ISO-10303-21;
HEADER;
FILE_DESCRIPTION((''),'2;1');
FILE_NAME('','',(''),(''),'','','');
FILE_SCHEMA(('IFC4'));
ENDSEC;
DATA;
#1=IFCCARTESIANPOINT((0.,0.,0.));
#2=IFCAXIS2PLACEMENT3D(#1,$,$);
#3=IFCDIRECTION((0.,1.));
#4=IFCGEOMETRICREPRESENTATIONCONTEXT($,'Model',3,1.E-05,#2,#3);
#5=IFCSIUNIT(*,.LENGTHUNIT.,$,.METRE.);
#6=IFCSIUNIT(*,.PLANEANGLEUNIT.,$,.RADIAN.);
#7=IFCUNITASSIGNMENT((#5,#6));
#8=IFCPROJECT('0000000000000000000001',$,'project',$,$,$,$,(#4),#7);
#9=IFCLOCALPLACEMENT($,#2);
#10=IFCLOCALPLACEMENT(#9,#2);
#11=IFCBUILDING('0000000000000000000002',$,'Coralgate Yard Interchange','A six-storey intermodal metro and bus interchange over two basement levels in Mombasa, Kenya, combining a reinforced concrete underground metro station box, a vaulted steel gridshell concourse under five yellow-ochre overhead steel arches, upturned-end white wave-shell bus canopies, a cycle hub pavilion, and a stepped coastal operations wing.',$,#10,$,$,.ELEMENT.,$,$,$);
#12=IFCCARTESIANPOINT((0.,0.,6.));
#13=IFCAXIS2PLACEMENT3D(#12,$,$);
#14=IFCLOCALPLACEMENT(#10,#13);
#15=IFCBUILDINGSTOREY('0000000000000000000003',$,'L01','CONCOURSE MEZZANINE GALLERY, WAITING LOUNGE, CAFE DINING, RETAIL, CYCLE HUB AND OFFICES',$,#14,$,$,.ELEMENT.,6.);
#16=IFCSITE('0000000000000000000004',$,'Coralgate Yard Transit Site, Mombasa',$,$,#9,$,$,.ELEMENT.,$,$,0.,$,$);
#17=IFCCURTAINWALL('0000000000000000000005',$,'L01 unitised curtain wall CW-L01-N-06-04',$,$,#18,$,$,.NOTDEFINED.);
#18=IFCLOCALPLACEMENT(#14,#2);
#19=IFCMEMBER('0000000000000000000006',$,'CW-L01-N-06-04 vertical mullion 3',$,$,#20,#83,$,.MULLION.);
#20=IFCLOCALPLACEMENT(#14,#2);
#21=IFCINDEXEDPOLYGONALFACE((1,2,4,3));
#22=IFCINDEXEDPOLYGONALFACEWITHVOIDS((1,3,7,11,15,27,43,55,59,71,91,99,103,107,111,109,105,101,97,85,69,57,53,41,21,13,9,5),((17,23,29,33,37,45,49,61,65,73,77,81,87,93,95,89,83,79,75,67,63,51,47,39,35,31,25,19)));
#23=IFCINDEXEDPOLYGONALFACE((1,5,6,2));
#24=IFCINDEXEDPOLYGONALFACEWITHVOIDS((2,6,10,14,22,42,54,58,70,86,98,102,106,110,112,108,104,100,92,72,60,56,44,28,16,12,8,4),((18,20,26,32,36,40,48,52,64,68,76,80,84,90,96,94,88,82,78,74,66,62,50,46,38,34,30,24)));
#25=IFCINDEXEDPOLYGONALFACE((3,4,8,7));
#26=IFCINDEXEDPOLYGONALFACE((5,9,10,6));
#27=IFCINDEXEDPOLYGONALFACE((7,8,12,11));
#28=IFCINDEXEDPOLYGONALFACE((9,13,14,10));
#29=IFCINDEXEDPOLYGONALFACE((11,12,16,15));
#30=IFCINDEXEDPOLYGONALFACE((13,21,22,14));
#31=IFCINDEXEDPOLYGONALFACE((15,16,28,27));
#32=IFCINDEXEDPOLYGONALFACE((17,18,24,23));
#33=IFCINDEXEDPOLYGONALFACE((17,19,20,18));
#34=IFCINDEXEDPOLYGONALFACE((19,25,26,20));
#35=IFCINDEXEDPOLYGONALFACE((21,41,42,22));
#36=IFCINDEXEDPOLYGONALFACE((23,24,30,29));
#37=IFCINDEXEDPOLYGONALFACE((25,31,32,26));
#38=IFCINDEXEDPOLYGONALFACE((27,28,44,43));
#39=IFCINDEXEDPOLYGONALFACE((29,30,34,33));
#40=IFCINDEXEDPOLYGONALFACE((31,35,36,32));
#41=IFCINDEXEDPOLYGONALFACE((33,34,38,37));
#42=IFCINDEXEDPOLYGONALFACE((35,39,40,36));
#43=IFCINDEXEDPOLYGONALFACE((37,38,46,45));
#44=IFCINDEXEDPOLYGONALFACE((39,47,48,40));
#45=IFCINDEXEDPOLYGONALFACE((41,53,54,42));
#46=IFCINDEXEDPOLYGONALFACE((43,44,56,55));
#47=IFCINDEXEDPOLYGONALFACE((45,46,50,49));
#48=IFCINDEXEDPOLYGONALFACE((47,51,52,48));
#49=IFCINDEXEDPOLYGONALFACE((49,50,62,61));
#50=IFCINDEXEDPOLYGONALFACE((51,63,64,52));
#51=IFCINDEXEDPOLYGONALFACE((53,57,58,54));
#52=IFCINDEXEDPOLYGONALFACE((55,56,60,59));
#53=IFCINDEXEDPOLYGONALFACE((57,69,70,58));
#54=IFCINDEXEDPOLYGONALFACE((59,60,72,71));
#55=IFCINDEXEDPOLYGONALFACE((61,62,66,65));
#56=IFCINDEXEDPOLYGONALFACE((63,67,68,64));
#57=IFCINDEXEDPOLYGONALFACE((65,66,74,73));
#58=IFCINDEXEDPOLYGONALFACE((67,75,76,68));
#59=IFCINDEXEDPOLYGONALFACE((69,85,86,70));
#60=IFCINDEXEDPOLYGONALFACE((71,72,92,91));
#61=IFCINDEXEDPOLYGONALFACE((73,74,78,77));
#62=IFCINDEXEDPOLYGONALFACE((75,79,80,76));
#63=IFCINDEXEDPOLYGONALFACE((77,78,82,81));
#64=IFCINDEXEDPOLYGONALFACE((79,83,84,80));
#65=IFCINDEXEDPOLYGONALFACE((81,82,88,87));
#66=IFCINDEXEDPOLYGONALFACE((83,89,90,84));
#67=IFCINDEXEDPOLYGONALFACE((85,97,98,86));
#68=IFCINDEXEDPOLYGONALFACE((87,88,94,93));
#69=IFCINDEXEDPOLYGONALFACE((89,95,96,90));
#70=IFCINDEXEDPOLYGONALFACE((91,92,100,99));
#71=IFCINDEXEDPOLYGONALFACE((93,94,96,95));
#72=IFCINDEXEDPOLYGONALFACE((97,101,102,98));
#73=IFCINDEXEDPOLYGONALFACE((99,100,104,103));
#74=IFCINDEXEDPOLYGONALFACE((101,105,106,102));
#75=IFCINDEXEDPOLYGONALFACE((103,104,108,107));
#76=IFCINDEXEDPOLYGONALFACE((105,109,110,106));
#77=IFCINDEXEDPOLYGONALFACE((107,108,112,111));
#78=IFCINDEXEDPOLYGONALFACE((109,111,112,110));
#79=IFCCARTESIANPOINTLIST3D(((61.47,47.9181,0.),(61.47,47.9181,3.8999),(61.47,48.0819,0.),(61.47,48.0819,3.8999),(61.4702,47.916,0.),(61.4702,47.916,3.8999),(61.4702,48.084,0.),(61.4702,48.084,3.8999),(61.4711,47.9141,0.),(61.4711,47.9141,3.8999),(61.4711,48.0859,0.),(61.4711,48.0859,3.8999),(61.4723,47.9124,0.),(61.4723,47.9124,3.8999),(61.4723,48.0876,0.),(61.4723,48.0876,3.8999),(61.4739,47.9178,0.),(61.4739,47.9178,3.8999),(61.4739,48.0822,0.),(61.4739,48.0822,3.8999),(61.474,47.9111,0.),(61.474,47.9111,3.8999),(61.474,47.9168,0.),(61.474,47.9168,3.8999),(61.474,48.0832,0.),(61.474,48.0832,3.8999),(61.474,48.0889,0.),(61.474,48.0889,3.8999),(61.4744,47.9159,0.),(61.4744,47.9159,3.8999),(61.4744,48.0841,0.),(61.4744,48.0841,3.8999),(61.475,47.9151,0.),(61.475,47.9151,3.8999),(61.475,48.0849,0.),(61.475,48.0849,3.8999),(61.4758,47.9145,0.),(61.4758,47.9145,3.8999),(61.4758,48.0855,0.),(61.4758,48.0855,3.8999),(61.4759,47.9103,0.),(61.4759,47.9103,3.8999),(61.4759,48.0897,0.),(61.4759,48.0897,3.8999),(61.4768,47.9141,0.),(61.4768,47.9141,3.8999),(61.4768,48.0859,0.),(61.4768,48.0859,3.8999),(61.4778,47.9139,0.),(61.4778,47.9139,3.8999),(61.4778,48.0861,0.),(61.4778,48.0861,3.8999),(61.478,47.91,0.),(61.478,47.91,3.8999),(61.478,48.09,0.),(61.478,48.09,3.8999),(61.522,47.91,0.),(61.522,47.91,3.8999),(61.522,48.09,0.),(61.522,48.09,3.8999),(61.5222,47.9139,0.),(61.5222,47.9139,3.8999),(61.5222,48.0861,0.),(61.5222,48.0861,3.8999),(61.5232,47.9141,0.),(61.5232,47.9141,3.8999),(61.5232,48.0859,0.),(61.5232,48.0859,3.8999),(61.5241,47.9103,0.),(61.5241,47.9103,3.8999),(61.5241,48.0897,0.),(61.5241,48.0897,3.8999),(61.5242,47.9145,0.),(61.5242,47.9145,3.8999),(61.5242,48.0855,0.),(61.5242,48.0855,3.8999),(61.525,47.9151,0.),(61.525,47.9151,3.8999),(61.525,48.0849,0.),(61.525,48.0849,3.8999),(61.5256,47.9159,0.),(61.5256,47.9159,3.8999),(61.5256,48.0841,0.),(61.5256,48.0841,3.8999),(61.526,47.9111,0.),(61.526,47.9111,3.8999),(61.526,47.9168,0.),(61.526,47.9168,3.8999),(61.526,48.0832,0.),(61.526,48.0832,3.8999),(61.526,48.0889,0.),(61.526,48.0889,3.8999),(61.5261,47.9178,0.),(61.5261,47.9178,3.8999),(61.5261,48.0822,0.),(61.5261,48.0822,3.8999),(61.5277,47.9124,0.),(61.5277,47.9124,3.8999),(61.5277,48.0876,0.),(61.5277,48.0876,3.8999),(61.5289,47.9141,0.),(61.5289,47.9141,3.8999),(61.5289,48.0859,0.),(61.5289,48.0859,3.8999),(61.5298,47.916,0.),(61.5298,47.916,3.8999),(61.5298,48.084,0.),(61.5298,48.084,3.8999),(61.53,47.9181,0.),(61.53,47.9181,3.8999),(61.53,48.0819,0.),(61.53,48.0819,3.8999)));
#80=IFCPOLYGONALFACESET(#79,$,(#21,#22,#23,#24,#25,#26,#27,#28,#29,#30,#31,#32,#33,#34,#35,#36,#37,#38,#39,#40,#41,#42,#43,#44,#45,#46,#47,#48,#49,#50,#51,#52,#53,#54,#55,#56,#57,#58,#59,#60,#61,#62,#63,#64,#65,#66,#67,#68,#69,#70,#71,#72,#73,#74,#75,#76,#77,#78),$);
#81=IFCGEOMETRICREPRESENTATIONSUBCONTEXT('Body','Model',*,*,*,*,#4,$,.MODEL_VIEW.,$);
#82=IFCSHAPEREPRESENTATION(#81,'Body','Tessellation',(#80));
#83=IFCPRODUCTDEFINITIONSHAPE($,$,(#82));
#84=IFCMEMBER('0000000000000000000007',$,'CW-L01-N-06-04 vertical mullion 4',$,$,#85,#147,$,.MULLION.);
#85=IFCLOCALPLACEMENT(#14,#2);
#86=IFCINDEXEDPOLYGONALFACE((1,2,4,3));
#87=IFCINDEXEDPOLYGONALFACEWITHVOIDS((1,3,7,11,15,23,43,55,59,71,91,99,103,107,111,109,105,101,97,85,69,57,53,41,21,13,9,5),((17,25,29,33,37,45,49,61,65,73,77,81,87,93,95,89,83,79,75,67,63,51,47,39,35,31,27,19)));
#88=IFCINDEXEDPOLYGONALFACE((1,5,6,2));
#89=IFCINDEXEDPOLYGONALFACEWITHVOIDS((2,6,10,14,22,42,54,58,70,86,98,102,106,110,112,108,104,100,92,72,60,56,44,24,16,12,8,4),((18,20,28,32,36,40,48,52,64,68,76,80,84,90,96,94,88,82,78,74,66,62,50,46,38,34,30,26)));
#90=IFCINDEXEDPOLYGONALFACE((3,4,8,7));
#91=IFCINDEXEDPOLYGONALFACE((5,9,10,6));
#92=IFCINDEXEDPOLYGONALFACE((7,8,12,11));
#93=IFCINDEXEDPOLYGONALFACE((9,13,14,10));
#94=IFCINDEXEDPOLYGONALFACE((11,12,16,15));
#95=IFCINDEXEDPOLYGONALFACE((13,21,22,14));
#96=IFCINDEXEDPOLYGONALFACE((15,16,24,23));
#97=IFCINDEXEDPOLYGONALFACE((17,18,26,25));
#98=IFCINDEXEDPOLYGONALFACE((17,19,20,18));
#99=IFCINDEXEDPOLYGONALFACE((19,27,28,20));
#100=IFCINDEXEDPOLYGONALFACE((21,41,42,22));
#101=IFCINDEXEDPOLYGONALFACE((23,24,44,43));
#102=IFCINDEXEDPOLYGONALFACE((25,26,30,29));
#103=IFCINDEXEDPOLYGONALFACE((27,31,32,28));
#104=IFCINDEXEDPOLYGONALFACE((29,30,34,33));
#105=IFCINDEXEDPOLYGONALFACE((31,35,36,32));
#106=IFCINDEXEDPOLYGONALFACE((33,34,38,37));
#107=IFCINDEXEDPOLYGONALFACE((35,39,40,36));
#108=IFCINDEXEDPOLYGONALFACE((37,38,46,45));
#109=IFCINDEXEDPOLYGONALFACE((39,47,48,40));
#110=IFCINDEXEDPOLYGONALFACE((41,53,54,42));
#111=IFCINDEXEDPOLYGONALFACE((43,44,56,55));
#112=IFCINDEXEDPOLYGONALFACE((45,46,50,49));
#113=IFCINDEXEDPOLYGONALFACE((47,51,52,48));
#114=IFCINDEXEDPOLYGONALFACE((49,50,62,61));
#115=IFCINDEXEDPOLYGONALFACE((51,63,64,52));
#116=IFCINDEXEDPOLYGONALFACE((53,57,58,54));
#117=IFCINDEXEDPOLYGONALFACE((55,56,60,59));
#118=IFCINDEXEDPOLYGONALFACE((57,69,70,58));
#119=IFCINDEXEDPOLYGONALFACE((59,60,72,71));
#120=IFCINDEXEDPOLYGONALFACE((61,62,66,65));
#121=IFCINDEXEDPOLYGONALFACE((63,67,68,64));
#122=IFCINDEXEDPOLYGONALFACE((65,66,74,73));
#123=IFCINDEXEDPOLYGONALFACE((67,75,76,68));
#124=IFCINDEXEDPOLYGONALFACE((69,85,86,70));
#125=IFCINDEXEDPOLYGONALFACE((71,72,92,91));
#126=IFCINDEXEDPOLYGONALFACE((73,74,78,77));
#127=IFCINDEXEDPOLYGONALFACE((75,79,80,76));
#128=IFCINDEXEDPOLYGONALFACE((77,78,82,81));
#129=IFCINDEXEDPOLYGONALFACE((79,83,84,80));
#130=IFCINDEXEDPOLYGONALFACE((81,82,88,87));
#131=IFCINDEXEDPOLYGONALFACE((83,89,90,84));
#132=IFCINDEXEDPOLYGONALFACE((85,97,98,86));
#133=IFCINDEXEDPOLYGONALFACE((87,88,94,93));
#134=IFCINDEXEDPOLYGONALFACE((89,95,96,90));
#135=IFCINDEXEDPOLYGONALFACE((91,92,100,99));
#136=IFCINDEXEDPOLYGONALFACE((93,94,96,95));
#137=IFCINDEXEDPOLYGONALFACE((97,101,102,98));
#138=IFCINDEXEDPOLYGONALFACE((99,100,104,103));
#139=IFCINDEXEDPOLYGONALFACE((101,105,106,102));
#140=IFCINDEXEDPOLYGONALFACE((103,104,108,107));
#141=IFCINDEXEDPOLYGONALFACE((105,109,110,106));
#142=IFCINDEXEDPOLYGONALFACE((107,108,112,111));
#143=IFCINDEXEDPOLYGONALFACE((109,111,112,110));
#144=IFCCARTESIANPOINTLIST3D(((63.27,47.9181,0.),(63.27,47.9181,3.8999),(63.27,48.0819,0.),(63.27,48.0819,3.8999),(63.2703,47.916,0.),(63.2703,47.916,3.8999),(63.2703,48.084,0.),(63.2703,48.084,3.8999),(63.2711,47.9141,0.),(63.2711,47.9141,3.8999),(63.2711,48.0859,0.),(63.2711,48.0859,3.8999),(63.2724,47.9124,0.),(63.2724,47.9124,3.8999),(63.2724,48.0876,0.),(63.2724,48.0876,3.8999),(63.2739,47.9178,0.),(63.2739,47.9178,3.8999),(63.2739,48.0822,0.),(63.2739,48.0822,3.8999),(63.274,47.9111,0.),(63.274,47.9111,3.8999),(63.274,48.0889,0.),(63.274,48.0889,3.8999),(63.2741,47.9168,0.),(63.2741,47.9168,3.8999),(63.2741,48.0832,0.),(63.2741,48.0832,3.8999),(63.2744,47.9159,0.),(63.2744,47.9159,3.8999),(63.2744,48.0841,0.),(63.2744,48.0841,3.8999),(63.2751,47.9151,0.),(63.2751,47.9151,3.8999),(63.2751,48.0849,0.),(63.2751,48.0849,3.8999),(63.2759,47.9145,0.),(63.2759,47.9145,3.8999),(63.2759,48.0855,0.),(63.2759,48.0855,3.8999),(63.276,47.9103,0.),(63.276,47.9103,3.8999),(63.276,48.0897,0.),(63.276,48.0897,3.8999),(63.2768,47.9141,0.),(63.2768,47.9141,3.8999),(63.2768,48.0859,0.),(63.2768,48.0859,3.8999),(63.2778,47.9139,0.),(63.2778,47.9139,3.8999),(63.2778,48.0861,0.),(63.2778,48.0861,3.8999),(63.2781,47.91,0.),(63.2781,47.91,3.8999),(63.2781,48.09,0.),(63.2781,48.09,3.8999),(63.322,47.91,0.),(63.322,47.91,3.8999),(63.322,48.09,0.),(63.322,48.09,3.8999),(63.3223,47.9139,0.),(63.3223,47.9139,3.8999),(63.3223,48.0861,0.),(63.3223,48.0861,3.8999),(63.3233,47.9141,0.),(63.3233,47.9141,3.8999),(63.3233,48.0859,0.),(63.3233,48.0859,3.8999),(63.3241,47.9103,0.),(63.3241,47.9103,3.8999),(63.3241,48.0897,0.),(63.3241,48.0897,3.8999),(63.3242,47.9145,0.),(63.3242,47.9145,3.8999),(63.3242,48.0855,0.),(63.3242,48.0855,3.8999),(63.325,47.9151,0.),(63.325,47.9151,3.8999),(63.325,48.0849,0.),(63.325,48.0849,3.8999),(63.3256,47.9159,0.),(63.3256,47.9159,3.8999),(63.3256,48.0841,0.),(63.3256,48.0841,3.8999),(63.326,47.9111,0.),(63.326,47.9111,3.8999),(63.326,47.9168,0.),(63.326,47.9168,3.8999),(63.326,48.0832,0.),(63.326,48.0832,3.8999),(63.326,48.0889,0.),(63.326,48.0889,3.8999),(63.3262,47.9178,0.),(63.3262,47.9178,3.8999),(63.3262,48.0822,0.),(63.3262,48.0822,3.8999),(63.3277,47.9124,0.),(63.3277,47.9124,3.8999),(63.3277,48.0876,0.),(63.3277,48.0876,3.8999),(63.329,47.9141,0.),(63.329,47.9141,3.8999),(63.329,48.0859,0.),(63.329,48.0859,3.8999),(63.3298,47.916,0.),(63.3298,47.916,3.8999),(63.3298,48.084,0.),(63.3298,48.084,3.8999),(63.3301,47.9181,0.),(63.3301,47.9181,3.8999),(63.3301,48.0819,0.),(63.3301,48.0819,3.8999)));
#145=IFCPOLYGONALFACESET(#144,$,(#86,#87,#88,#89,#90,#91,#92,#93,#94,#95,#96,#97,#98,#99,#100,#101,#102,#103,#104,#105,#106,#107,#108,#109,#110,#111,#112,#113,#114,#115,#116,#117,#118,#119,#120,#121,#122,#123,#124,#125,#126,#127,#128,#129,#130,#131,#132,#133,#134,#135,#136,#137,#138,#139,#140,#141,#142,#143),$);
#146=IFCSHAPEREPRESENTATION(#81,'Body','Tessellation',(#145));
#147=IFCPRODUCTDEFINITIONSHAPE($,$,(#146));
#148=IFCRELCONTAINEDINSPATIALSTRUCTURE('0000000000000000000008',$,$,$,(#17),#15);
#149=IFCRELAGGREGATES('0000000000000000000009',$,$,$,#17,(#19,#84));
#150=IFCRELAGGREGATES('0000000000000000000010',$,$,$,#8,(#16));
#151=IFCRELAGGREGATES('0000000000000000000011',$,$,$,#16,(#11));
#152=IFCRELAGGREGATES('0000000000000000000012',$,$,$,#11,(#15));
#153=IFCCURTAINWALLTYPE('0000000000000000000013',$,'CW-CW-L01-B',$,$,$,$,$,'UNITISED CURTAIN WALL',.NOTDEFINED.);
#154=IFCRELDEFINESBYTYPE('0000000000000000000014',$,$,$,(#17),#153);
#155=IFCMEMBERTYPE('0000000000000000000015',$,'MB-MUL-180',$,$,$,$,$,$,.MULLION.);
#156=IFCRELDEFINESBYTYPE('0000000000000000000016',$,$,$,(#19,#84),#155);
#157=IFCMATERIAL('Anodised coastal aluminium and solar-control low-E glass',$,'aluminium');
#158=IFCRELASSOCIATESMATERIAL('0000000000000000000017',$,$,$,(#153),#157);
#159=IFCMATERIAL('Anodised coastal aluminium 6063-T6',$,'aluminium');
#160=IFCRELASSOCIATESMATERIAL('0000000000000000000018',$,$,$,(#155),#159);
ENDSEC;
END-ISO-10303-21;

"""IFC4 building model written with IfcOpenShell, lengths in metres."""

from ifc_helpers import new_model, si_unit, direction, frame, origin, origin_2d, place, context, subcontext, project, spatial, hollow_rectangle, extrude, material, material_profile, profile_set, type_object, element, aggregate, save


model = new_model("IFC4")

# Units and contexts
model_context = context("Model", 3, precision=1e-05, world=origin(), true_north=direction((0.0, 1.0)))
body_context = subcontext(model_context, "Body", "Model", "MODEL_VIEW")
ifc_project = project(units=[si_unit("LENGTHUNIT", "METRE"), si_unit("PLANEANGLEUNIT", "RADIAN")], contexts=[model_context])

# Site, building, storey
site_placement = place(None, origin())
site = spatial("IfcSite", under=ifc_project, at=site_placement, Name="Coralgate Yard Transit Site, Mombasa", CompositionType="ELEMENT", RefElevation=0.0)
building_placement = place(site_placement, origin())
building = spatial("IfcBuilding", under=site, at=building_placement, Name="Coralgate Yard Interchange", Description="A six-storey intermodal metro and bus interchange over two basement levels in Mombasa, Kenya, combining a reinforced concrete underground metro station box, a vaulted steel gridshell concourse under five yellow-ochre overhead steel arches, upturned-end white wave-shell bus canopies, a cycle hub pavilion, and a stepped coastal operations wing.", CompositionType="ELEMENT")
storey_placement = place(building_placement, frame((0.0, 0.0, 6.0)))
storey = spatial("IfcBuildingStorey", under=building, at=storey_placement, Name="L01", Description="CONCOURSE MEZZANINE GALLERY, WAITING LOUNGE, CAFE DINING, RETAIL, CYCLE HUB AND OFFICES", CompositionType="ELEMENT", Elevation=6.0)

# Shared definitions
ifc_material_1 = material(Name="Anodised coastal aluminium and solar-control low-E glass", Category="aluminium")
curtain_wall_type = type_object("IfcCurtainWallType", Name="CW-CW-L01-B", ElementType="UNITISED CURTAIN WALL", PredefinedType="NOTDEFINED", material=ifc_material_1)
ifc_material_2 = material(Name="Anodised coastal aluminium 6063-T6", Category="aluminium")
ifc_material_profile_1 = material_profile(ifc_material_2, hollow_rectangle(XDim=0.0601, YDim=0.1799, WallThickness=0.0039, InnerFilletRadius=0.0039, OuterFilletRadius=0.0081, at=origin_2d()), Name="ALU 60x180x4")
ifc_profile_set_1 = profile_set([ifc_material_profile_1], Name="Anodised coastal aluminium 6063-T6")
member_type_1 = type_object("IfcMemberType", Name="MB-MUL-180", PredefinedType="MULLION", material=ifc_profile_set_1)

# Curtain wall, members
curtain_wall_1_placement = place(storey_placement, origin())
curtain_wall_1 = element("IfcCurtainWall", 1, at=curtain_wall_1_placement, inside=storey, type_object=curtain_wall_type, Name="L01 unitised curtain wall CW-L01-N-06-04", PredefinedType="NOTDEFINED")
member_1_placement = place(storey_placement, frame((61.5, 48.0, 0.0), z_axis=(0.0, 0.0, 1.0), x_axis=(1.0, 0.0, 0.0)))
member_1 = element("IfcMember", 2, at=member_1_placement, type_object=member_type_1, Name="CW-L01-N-06-04 vertical mullion 3", PredefinedType="MULLION", context=body_context, shape_type="SweptSolid", body=[
    extrude(hollow_rectangle(XDim=0.0601, YDim=0.1799, WallThickness=0.0039, InnerFilletRadius=0.0039, OuterFilletRadius=0.0081, at=origin_2d()), origin(), (0.0, 0.0, 1.0), 3.8999),
])
member_2_placement = place(storey_placement, frame((63.3, 48.0, 0.0), z_axis=(0.0, 0.0, 1.0), x_axis=(1.0, 0.0, 0.0)))
member_2 = element("IfcMember", 3, at=member_2_placement, type_object=member_type_1, Name="CW-L01-N-06-04 vertical mullion 4", PredefinedType="MULLION", context=body_context, shape_type="SweptSolid", body=[
    extrude(hollow_rectangle(XDim=0.0601, YDim=0.1799, WallThickness=0.0039, InnerFilletRadius=0.0039, OuterFilletRadius=0.0081, at=origin_2d()), origin(), (0.0, 0.0, 1.0), 3.8999),
])
aggregate(curtain_wall_1, [member_1, member_2])

save(model, "model.ifc")
